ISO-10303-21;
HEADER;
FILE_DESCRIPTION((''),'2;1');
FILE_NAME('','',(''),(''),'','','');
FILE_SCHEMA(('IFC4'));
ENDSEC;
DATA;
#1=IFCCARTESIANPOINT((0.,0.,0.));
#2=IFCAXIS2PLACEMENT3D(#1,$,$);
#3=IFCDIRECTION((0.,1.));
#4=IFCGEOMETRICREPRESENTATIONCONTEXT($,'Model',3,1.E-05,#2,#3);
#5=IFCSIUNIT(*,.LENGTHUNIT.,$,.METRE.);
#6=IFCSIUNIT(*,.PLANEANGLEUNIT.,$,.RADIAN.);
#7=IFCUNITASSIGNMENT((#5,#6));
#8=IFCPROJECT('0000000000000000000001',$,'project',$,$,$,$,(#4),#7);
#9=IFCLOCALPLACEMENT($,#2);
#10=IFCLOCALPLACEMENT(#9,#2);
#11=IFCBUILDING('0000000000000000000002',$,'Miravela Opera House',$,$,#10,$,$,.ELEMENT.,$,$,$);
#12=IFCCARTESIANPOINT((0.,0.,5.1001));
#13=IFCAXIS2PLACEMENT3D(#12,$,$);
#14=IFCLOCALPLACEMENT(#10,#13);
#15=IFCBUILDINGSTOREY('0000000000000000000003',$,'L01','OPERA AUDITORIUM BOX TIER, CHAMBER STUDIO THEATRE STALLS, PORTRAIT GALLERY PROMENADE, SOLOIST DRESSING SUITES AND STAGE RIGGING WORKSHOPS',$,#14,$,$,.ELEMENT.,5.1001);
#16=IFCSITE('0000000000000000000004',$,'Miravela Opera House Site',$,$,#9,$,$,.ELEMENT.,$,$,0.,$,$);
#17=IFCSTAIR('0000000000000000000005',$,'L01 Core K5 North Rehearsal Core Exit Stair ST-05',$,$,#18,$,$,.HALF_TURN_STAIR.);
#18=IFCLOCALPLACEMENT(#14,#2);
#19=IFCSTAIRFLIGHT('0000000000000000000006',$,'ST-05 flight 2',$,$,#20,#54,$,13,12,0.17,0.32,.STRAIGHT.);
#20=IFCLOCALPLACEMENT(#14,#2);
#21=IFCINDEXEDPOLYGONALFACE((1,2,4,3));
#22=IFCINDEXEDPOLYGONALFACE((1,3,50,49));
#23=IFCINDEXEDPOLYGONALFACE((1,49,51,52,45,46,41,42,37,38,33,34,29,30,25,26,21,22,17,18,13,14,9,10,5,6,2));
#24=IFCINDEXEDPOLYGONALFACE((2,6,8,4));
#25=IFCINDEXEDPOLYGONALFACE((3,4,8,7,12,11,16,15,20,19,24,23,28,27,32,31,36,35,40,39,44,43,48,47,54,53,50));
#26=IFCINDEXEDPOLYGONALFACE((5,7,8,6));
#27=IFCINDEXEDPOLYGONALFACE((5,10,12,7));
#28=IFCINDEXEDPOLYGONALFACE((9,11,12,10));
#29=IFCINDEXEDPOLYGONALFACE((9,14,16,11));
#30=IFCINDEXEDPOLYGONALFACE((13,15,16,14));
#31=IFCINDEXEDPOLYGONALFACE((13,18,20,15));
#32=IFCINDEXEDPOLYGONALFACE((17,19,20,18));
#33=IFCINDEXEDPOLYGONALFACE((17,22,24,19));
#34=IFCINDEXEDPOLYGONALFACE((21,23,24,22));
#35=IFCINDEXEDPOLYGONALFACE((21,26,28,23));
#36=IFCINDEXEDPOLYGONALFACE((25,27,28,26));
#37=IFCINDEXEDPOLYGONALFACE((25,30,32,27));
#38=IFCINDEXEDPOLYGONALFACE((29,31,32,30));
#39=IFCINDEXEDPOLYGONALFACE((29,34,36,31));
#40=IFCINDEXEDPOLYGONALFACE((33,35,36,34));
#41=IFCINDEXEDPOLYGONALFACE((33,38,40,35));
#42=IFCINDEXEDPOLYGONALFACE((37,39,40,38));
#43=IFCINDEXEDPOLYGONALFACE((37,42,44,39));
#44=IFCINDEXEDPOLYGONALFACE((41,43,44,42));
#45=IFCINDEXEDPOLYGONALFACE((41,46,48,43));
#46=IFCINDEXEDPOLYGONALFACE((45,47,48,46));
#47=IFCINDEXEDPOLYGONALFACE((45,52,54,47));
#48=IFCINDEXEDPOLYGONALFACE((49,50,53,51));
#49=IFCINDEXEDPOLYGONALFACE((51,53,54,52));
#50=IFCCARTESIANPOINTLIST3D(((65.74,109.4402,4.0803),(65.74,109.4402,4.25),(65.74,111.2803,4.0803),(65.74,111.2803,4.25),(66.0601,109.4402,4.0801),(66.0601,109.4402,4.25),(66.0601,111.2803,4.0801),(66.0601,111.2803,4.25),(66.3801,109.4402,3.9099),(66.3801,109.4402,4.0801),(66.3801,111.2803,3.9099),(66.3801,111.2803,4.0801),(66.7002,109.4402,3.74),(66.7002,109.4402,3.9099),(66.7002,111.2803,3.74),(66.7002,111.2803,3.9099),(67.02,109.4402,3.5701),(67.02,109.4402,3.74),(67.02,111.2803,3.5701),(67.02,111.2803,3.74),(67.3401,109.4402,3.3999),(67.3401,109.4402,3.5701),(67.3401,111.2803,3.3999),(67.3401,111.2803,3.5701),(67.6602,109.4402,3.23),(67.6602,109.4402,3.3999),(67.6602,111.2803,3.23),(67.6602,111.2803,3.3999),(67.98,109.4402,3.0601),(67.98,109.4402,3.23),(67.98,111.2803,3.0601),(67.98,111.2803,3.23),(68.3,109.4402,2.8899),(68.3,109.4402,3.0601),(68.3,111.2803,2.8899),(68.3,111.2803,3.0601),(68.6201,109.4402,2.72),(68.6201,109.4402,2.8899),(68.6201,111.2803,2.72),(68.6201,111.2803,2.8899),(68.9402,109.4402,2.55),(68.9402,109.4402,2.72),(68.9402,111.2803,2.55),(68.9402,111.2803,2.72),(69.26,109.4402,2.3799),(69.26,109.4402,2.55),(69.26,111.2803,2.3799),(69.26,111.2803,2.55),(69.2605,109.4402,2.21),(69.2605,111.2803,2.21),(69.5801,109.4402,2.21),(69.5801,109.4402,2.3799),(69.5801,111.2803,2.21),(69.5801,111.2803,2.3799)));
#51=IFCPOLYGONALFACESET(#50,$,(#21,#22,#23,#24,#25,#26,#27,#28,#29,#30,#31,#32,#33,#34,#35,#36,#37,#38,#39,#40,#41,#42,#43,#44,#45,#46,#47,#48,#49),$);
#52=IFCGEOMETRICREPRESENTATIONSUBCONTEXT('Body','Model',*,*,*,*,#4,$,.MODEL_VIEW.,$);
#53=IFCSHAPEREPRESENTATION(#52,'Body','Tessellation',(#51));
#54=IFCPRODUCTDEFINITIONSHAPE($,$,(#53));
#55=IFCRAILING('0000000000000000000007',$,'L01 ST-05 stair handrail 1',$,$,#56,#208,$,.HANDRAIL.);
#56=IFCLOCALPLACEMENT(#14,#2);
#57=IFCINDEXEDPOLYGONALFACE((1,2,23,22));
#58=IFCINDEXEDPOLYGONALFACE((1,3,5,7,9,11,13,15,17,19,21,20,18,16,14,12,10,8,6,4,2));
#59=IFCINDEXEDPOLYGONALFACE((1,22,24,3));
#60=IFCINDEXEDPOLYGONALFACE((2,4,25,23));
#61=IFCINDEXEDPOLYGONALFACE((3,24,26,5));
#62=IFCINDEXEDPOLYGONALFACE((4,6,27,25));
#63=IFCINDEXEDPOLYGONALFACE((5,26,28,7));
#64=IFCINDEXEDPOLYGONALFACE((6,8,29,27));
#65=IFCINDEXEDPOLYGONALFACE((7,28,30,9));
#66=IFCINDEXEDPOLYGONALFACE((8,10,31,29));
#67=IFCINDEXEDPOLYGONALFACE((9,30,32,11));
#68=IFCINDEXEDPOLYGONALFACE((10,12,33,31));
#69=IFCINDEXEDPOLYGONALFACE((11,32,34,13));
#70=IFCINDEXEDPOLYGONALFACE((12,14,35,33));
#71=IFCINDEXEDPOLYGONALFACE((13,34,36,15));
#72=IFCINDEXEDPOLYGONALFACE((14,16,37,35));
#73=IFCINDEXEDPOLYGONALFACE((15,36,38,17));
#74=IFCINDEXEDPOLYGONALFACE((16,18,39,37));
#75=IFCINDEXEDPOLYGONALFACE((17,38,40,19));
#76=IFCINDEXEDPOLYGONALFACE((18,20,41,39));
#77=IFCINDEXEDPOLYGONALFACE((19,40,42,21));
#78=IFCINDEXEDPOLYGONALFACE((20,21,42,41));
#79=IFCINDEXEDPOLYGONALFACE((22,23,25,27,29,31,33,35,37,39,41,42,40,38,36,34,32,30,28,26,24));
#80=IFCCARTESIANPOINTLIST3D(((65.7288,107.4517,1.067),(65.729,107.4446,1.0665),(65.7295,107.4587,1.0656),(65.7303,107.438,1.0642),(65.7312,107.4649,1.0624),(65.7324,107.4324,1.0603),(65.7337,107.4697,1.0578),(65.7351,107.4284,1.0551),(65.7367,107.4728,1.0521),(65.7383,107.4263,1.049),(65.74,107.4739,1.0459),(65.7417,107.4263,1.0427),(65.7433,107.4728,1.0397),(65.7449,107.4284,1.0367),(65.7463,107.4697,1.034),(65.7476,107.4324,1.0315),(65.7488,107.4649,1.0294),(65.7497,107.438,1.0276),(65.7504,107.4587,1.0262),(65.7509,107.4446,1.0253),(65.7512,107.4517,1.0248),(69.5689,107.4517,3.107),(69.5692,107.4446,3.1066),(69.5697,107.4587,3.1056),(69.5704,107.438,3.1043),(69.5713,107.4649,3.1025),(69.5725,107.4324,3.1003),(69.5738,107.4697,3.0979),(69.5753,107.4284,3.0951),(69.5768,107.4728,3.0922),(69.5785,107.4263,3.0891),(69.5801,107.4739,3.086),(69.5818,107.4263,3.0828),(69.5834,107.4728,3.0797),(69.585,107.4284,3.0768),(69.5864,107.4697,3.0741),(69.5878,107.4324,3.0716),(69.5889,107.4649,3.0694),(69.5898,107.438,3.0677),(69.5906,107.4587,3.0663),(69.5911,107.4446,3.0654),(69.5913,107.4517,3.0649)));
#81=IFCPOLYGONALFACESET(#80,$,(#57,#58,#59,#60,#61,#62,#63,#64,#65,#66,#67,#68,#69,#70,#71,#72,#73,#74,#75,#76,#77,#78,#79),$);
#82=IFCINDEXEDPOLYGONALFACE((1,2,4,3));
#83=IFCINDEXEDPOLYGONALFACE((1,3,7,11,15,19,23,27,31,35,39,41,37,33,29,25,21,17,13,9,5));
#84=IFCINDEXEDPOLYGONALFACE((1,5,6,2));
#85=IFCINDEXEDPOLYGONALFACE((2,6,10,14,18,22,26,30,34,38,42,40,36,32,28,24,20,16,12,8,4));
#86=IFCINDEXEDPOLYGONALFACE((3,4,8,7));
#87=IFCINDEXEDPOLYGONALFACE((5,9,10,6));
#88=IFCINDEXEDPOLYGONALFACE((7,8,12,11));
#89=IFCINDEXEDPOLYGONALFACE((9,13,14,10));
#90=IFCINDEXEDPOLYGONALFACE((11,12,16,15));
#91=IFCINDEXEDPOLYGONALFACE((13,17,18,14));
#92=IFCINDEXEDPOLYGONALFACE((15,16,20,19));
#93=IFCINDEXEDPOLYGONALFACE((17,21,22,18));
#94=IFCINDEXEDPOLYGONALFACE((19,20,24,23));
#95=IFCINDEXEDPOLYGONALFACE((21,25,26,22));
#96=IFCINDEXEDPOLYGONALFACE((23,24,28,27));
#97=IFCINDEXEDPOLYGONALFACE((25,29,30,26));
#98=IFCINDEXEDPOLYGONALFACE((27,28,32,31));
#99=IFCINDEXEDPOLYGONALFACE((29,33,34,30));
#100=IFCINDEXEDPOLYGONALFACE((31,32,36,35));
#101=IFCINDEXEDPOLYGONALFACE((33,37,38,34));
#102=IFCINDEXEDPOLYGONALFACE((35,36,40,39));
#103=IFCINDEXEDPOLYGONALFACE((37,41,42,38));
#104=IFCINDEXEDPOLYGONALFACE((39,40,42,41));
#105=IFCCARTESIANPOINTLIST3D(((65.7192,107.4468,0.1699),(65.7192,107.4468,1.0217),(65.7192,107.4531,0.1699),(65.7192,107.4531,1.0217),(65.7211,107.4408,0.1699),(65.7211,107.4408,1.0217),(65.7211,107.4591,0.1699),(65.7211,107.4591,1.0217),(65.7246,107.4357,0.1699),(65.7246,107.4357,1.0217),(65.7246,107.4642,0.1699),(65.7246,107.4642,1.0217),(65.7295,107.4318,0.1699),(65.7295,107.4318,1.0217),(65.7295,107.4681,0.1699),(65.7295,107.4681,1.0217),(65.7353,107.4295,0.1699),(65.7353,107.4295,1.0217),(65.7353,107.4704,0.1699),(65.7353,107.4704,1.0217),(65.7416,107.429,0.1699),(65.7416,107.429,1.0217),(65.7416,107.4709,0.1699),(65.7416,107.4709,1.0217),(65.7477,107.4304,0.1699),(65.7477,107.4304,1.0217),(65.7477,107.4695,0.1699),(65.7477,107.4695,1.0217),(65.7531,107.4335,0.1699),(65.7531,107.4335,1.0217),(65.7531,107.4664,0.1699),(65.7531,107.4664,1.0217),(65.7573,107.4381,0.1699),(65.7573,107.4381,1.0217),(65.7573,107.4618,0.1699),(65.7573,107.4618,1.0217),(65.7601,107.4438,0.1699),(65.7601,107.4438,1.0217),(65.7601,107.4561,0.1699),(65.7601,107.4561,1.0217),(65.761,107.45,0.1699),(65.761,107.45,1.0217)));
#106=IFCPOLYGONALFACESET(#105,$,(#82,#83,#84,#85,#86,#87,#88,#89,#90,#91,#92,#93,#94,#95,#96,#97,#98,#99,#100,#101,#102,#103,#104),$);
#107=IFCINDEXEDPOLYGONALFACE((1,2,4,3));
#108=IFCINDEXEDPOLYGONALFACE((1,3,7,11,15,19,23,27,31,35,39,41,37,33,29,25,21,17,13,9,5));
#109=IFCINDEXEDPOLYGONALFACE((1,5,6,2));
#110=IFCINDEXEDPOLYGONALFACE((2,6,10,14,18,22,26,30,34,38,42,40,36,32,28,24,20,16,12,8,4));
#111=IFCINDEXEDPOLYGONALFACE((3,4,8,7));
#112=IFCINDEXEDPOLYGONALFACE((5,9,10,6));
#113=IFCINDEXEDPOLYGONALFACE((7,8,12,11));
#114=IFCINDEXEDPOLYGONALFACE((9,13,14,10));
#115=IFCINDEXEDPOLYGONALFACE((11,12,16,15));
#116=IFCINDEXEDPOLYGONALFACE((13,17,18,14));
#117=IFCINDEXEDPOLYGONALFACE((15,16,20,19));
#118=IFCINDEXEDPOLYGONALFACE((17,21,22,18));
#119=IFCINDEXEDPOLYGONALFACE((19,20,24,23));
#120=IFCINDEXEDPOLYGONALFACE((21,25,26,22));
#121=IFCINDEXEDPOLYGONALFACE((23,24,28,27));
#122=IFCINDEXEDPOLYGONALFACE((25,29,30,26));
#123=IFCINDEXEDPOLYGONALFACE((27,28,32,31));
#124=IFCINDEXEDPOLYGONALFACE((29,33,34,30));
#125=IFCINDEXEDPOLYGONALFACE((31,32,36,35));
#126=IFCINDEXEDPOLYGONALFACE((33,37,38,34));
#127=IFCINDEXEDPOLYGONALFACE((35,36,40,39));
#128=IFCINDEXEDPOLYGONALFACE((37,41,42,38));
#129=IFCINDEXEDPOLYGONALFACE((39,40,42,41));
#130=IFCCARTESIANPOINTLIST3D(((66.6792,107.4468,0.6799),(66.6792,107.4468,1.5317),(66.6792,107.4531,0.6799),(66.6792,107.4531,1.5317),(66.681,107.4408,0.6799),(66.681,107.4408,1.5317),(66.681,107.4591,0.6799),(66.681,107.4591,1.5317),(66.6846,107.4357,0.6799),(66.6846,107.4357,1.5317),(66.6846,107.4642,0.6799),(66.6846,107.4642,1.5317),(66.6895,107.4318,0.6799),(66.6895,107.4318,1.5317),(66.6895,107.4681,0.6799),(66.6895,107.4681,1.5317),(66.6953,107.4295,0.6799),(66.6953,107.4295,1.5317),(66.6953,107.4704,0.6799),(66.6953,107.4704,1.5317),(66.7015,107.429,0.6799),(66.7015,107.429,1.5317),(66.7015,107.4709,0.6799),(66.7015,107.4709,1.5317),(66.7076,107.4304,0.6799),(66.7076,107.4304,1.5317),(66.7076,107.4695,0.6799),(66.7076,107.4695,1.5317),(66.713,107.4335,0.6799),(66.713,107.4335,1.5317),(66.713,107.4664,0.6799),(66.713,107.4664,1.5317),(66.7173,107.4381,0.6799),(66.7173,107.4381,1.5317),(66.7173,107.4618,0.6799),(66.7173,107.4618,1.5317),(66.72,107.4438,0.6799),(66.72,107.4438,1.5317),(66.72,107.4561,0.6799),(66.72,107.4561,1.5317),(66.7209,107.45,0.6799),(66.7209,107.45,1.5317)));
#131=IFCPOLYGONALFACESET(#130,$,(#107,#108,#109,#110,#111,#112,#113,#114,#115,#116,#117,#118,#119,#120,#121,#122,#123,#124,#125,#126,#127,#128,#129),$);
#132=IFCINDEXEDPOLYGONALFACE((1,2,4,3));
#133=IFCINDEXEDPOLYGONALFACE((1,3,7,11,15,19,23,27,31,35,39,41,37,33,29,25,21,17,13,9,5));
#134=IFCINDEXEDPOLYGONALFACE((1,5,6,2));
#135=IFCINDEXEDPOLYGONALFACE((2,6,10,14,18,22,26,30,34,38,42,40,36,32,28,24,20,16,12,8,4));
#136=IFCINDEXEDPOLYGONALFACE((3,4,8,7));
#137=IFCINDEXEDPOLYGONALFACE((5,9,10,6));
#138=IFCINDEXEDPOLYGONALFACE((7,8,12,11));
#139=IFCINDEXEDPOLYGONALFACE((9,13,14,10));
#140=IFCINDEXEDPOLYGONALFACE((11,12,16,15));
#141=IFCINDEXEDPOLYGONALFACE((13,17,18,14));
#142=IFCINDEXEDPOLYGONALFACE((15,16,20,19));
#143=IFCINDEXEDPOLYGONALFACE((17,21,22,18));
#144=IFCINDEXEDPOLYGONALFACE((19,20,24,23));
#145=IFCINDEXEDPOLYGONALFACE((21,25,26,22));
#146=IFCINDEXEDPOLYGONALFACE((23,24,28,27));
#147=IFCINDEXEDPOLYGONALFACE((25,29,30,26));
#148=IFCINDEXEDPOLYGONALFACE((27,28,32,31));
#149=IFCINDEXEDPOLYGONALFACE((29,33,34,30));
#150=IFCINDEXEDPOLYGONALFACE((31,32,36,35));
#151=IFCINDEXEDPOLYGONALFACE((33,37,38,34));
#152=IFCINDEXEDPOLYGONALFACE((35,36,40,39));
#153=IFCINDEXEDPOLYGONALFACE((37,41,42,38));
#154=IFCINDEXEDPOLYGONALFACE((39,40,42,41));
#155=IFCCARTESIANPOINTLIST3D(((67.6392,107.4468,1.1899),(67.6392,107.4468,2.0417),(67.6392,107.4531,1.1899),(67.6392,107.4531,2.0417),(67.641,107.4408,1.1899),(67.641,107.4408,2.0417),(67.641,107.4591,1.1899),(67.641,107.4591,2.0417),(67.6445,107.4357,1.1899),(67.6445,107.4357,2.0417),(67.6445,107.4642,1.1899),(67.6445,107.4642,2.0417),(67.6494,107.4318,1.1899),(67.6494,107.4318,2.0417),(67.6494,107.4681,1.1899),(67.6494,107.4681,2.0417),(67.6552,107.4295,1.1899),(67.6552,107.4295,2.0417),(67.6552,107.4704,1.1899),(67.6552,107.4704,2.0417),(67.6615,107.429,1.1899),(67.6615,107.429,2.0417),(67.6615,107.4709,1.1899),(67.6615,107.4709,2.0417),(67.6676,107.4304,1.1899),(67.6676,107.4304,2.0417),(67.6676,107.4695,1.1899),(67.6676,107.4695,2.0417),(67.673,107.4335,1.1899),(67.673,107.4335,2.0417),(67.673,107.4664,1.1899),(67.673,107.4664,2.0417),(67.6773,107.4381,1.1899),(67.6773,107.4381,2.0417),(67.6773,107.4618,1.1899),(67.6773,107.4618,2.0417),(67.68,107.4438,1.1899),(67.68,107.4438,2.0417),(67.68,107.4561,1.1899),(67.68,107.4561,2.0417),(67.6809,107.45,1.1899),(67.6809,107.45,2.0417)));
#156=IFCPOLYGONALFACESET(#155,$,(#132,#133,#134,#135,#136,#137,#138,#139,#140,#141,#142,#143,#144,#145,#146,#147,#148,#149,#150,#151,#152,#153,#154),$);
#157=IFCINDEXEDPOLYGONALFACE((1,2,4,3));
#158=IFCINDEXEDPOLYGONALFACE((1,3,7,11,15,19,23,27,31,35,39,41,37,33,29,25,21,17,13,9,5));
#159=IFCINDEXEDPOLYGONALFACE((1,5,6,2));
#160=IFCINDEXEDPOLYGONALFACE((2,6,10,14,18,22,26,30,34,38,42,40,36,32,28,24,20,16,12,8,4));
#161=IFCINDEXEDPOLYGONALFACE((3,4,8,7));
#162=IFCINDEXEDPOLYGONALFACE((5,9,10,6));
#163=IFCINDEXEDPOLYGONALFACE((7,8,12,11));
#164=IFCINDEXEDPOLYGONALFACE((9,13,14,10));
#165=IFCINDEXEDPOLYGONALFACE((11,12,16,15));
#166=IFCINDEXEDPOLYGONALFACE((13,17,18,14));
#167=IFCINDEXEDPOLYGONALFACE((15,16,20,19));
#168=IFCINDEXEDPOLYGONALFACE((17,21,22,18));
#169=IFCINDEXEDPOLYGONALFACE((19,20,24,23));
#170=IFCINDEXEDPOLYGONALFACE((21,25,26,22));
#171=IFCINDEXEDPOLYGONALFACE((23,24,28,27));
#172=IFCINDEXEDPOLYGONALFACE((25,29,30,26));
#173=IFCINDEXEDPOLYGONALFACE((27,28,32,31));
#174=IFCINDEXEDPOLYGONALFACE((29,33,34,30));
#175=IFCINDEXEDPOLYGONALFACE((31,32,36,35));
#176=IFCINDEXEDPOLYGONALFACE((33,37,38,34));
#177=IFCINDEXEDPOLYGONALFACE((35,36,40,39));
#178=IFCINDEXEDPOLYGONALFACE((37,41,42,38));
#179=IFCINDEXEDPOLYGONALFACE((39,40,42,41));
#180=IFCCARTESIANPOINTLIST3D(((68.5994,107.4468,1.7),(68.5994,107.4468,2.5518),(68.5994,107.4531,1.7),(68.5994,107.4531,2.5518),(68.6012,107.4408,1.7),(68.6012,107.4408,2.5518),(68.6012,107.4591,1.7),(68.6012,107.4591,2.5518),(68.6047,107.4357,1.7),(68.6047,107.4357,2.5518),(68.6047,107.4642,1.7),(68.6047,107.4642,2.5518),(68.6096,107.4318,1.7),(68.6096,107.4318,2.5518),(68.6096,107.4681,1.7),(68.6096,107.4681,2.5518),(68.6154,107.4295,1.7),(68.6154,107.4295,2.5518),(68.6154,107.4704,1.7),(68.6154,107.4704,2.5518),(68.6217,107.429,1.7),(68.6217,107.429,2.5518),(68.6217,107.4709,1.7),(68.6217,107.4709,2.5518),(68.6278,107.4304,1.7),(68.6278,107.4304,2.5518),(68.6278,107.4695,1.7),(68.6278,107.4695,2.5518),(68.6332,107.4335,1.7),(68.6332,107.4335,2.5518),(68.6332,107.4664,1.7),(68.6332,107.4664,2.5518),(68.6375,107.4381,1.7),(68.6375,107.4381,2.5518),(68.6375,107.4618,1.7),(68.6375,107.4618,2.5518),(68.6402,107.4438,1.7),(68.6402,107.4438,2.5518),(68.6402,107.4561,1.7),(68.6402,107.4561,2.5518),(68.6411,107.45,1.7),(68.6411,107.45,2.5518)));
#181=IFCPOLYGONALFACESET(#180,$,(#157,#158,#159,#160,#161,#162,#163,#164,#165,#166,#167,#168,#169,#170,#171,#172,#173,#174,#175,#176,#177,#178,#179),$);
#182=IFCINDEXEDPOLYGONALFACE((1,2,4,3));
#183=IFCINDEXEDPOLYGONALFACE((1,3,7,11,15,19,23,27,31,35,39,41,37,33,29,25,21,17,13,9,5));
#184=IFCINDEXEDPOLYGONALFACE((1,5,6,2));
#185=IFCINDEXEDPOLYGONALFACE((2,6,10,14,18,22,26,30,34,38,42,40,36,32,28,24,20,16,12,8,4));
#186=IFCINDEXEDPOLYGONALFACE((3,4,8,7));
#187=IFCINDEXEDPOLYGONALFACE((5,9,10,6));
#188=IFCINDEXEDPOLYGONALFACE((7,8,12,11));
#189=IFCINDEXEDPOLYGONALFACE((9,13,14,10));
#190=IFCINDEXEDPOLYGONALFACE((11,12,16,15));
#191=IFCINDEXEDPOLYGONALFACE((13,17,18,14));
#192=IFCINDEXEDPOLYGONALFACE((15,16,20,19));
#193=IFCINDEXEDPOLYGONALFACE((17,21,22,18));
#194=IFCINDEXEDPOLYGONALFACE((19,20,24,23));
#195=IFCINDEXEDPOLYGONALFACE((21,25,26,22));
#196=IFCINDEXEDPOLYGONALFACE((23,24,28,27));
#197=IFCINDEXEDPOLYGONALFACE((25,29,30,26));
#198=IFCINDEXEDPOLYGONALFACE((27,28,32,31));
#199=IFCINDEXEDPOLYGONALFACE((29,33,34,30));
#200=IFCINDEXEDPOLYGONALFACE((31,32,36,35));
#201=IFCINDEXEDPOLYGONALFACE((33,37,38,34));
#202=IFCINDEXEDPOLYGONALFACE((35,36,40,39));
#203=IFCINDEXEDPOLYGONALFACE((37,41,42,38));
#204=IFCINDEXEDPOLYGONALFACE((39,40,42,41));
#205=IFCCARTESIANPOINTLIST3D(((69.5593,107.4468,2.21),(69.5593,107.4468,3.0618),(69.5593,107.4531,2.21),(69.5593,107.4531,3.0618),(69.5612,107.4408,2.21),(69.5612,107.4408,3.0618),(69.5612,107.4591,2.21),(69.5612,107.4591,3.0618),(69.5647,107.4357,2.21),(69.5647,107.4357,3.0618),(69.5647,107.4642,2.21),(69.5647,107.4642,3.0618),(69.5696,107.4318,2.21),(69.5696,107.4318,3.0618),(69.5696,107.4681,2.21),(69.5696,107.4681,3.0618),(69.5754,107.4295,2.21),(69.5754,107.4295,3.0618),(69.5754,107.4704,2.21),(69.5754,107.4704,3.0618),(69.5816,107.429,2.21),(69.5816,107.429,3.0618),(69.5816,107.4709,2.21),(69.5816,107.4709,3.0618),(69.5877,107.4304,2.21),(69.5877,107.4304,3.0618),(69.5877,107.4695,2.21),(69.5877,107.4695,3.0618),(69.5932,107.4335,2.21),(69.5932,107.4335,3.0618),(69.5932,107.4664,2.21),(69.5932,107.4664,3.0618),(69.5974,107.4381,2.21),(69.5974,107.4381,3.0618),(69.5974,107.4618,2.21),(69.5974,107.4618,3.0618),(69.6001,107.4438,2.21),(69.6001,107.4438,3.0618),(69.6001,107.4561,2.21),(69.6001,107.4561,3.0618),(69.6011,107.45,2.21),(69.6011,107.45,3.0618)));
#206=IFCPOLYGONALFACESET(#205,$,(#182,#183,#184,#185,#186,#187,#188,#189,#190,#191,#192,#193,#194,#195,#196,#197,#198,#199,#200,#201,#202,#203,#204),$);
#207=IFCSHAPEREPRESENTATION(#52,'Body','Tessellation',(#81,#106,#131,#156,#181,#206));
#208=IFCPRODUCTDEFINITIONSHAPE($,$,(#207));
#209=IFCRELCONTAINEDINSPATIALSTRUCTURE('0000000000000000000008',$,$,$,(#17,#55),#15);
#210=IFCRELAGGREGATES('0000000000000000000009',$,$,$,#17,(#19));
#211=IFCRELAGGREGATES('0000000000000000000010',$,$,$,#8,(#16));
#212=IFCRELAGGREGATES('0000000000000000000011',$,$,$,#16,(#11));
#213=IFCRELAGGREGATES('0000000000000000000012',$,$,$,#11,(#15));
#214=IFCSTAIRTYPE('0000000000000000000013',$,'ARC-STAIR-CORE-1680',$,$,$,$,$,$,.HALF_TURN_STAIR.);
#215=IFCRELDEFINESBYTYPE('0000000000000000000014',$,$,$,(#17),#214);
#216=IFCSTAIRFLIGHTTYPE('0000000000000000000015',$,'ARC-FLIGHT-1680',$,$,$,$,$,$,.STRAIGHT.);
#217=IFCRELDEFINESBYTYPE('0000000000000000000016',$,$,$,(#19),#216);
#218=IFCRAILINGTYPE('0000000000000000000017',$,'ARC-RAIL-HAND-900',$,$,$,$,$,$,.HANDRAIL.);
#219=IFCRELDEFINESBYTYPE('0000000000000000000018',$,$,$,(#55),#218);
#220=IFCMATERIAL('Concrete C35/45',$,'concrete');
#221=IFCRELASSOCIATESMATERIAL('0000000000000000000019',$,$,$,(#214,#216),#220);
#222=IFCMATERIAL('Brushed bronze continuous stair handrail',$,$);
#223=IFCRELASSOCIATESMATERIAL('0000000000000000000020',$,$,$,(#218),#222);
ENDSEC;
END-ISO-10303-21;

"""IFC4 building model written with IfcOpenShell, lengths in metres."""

from ifc_helpers import new_model, si_unit, direction, frame, origin, origin_2d, place, context, subcontext, project, spatial, polyline, circle, outline, extrude, material, type_object, element, aggregate, save


model = new_model("IFC4")

# Units and contexts
model_context = context("Model", 3, precision=1e-05, world=origin(), true_north=direction((0.0, 1.0)))
body_context = subcontext(model_context, "Body", "Model", "MODEL_VIEW")
ifc_project = project(units=[si_unit("LENGTHUNIT", "METRE"), si_unit("PLANEANGLEUNIT", "RADIAN")], contexts=[model_context])

# Site, building, storey
site_placement = place(None, origin())
site = spatial("IfcSite", under=ifc_project, at=site_placement, Name="Miravela Opera House Site", CompositionType="ELEMENT", RefElevation=0.0)
building_placement = place(site_placement, origin())
building = spatial("IfcBuilding", under=site, at=building_placement, Name="Miravela Opera House", CompositionType="ELEMENT")
storey_placement = place(building_placement, frame((0.0, 0.0, 5.1001)))
storey = spatial("IfcBuildingStorey", under=building, at=storey_placement, Name="L01", Description="OPERA AUDITORIUM BOX TIER, CHAMBER STUDIO THEATRE STALLS, PORTRAIT GALLERY PROMENADE, SOLOIST DRESSING SUITES AND STAGE RIGGING WORKSHOPS", CompositionType="ELEMENT", Elevation=5.1001)

# Shared definitions
ifc_material_1 = material(Name="Concrete C35/45", Category="concrete")

# Stair, stair flight
stair_type = type_object("IfcStairType", Name="ARC-STAIR-CORE-1680", PredefinedType="HALF_TURN_STAIR", material=ifc_material_1)
stair_placement = place(storey_placement, origin())
stair = element("IfcStair", 1, at=stair_placement, inside=storey, type_object=stair_type, Name="L01 Core K5 North Rehearsal Core Exit Stair ST-05", PredefinedType="HALF_TURN_STAIR")
stair_flight_type = type_object("IfcStairFlightType", Name="ARC-FLIGHT-1680", PredefinedType="STRAIGHT", material=ifc_material_1)
stair_flight_1_placement = place(storey_placement, frame((69.5801, 110.3601, 2.21), z_axis=(0.0, 0.0, 1.0), x_axis=(-1.0, 0.0, 0.0)))
stair_flight_1 = element("IfcStairFlight", 2, at=stair_flight_1_placement, type_object=stair_flight_type, Name="ST-05 flight 2", NumberOfRisers=13, NumberOfTreads=12, PredefinedType="STRAIGHT", RiserHeight=0.17, TreadLength=0.32, context=body_context, shape_type="SweptSolid", body=[
    extrude(outline(polyline([(0.0, 0.0), (0.0, 0.1699), (0.3201, 0.1699), (0.3201, 0.3401), (0.6399, 0.3401), (0.6399, 0.51), (0.96, 0.51), (0.96, 0.6799), (1.28, 0.6799), (1.28, 0.8501), (1.6001, 0.8501), (1.6001, 1.02), (1.9199, 1.02), (1.9199, 1.1899), (2.24, 1.1899), (2.24, 1.3601), (2.5601, 1.3601), (2.5601, 1.53), (2.8799, 1.53), (2.8799, 1.7), (3.2, 1.7), (3.2, 1.8701), (3.52, 1.8701), (3.52, 2.04), (3.8401, 2.04), (3.8401, 2.21), (3.8401, 1.8704), (0.3196, 0.0), (0.0, 0.0)])), frame((0.0, 0.9199, 0.0), z_axis=(0.0, -1.0, 0.0), x_axis=(1.0, 0.0, 0.0)), (0.0, 0.0, 1.0), 1.8401),
])
aggregate(stair, [stair_flight_1])

# Railing
ifc_material_2 = material(Name="Brushed bronze continuous stair handrail")
railing_type_1 = type_object("IfcRailingType", Name="ARC-RAIL-HAND-900", PredefinedType="HANDRAIL", material=ifc_material_2)
railing_1_placement = place(storey_placement, frame((65.74, 107.45, 0.1699)))
element("IfcRailing", 3, at=railing_1_placement, inside=storey, type_object=railing_type_1, Name="L01 ST-05 stair handrail 1", PredefinedType="HANDRAIL", context=body_context, shape_type="SweptSolid", body=[
    extrude(circle(Radius=0.0239, at=origin_2d()), frame((0.0, 0.0, 0.876), z_axis=(0.883116, 0.0, 0.469154), x_axis=(0.0, 1.0, 0.0)), (0.0, 0.0, 1.0), 4.3484),
    extrude(circle(Radius=0.021, at=origin_2d()), origin(), (0.0, 0.0, 1.0), 0.8518),
    extrude(circle(Radius=0.021, at=origin_2d()), frame((0.96, 0.0, 0.51)), (0.0, 0.0, 1.0), 0.8518),
    extrude(circle(Radius=0.021, at=origin_2d()), frame((1.9199, 0.0, 1.02)), (0.0, 0.0, 1.0), 0.8518),
    extrude(circle(Radius=0.021, at=origin_2d()), frame((2.8801, 0.0, 1.53)), (0.0, 0.0, 1.0), 0.8518),
    extrude(circle(Radius=0.021, at=origin_2d()), frame((3.8401, 0.0, 2.04)), (0.0, 0.0, 1.0), 0.8518),
])

save(model, "model.ifc")
